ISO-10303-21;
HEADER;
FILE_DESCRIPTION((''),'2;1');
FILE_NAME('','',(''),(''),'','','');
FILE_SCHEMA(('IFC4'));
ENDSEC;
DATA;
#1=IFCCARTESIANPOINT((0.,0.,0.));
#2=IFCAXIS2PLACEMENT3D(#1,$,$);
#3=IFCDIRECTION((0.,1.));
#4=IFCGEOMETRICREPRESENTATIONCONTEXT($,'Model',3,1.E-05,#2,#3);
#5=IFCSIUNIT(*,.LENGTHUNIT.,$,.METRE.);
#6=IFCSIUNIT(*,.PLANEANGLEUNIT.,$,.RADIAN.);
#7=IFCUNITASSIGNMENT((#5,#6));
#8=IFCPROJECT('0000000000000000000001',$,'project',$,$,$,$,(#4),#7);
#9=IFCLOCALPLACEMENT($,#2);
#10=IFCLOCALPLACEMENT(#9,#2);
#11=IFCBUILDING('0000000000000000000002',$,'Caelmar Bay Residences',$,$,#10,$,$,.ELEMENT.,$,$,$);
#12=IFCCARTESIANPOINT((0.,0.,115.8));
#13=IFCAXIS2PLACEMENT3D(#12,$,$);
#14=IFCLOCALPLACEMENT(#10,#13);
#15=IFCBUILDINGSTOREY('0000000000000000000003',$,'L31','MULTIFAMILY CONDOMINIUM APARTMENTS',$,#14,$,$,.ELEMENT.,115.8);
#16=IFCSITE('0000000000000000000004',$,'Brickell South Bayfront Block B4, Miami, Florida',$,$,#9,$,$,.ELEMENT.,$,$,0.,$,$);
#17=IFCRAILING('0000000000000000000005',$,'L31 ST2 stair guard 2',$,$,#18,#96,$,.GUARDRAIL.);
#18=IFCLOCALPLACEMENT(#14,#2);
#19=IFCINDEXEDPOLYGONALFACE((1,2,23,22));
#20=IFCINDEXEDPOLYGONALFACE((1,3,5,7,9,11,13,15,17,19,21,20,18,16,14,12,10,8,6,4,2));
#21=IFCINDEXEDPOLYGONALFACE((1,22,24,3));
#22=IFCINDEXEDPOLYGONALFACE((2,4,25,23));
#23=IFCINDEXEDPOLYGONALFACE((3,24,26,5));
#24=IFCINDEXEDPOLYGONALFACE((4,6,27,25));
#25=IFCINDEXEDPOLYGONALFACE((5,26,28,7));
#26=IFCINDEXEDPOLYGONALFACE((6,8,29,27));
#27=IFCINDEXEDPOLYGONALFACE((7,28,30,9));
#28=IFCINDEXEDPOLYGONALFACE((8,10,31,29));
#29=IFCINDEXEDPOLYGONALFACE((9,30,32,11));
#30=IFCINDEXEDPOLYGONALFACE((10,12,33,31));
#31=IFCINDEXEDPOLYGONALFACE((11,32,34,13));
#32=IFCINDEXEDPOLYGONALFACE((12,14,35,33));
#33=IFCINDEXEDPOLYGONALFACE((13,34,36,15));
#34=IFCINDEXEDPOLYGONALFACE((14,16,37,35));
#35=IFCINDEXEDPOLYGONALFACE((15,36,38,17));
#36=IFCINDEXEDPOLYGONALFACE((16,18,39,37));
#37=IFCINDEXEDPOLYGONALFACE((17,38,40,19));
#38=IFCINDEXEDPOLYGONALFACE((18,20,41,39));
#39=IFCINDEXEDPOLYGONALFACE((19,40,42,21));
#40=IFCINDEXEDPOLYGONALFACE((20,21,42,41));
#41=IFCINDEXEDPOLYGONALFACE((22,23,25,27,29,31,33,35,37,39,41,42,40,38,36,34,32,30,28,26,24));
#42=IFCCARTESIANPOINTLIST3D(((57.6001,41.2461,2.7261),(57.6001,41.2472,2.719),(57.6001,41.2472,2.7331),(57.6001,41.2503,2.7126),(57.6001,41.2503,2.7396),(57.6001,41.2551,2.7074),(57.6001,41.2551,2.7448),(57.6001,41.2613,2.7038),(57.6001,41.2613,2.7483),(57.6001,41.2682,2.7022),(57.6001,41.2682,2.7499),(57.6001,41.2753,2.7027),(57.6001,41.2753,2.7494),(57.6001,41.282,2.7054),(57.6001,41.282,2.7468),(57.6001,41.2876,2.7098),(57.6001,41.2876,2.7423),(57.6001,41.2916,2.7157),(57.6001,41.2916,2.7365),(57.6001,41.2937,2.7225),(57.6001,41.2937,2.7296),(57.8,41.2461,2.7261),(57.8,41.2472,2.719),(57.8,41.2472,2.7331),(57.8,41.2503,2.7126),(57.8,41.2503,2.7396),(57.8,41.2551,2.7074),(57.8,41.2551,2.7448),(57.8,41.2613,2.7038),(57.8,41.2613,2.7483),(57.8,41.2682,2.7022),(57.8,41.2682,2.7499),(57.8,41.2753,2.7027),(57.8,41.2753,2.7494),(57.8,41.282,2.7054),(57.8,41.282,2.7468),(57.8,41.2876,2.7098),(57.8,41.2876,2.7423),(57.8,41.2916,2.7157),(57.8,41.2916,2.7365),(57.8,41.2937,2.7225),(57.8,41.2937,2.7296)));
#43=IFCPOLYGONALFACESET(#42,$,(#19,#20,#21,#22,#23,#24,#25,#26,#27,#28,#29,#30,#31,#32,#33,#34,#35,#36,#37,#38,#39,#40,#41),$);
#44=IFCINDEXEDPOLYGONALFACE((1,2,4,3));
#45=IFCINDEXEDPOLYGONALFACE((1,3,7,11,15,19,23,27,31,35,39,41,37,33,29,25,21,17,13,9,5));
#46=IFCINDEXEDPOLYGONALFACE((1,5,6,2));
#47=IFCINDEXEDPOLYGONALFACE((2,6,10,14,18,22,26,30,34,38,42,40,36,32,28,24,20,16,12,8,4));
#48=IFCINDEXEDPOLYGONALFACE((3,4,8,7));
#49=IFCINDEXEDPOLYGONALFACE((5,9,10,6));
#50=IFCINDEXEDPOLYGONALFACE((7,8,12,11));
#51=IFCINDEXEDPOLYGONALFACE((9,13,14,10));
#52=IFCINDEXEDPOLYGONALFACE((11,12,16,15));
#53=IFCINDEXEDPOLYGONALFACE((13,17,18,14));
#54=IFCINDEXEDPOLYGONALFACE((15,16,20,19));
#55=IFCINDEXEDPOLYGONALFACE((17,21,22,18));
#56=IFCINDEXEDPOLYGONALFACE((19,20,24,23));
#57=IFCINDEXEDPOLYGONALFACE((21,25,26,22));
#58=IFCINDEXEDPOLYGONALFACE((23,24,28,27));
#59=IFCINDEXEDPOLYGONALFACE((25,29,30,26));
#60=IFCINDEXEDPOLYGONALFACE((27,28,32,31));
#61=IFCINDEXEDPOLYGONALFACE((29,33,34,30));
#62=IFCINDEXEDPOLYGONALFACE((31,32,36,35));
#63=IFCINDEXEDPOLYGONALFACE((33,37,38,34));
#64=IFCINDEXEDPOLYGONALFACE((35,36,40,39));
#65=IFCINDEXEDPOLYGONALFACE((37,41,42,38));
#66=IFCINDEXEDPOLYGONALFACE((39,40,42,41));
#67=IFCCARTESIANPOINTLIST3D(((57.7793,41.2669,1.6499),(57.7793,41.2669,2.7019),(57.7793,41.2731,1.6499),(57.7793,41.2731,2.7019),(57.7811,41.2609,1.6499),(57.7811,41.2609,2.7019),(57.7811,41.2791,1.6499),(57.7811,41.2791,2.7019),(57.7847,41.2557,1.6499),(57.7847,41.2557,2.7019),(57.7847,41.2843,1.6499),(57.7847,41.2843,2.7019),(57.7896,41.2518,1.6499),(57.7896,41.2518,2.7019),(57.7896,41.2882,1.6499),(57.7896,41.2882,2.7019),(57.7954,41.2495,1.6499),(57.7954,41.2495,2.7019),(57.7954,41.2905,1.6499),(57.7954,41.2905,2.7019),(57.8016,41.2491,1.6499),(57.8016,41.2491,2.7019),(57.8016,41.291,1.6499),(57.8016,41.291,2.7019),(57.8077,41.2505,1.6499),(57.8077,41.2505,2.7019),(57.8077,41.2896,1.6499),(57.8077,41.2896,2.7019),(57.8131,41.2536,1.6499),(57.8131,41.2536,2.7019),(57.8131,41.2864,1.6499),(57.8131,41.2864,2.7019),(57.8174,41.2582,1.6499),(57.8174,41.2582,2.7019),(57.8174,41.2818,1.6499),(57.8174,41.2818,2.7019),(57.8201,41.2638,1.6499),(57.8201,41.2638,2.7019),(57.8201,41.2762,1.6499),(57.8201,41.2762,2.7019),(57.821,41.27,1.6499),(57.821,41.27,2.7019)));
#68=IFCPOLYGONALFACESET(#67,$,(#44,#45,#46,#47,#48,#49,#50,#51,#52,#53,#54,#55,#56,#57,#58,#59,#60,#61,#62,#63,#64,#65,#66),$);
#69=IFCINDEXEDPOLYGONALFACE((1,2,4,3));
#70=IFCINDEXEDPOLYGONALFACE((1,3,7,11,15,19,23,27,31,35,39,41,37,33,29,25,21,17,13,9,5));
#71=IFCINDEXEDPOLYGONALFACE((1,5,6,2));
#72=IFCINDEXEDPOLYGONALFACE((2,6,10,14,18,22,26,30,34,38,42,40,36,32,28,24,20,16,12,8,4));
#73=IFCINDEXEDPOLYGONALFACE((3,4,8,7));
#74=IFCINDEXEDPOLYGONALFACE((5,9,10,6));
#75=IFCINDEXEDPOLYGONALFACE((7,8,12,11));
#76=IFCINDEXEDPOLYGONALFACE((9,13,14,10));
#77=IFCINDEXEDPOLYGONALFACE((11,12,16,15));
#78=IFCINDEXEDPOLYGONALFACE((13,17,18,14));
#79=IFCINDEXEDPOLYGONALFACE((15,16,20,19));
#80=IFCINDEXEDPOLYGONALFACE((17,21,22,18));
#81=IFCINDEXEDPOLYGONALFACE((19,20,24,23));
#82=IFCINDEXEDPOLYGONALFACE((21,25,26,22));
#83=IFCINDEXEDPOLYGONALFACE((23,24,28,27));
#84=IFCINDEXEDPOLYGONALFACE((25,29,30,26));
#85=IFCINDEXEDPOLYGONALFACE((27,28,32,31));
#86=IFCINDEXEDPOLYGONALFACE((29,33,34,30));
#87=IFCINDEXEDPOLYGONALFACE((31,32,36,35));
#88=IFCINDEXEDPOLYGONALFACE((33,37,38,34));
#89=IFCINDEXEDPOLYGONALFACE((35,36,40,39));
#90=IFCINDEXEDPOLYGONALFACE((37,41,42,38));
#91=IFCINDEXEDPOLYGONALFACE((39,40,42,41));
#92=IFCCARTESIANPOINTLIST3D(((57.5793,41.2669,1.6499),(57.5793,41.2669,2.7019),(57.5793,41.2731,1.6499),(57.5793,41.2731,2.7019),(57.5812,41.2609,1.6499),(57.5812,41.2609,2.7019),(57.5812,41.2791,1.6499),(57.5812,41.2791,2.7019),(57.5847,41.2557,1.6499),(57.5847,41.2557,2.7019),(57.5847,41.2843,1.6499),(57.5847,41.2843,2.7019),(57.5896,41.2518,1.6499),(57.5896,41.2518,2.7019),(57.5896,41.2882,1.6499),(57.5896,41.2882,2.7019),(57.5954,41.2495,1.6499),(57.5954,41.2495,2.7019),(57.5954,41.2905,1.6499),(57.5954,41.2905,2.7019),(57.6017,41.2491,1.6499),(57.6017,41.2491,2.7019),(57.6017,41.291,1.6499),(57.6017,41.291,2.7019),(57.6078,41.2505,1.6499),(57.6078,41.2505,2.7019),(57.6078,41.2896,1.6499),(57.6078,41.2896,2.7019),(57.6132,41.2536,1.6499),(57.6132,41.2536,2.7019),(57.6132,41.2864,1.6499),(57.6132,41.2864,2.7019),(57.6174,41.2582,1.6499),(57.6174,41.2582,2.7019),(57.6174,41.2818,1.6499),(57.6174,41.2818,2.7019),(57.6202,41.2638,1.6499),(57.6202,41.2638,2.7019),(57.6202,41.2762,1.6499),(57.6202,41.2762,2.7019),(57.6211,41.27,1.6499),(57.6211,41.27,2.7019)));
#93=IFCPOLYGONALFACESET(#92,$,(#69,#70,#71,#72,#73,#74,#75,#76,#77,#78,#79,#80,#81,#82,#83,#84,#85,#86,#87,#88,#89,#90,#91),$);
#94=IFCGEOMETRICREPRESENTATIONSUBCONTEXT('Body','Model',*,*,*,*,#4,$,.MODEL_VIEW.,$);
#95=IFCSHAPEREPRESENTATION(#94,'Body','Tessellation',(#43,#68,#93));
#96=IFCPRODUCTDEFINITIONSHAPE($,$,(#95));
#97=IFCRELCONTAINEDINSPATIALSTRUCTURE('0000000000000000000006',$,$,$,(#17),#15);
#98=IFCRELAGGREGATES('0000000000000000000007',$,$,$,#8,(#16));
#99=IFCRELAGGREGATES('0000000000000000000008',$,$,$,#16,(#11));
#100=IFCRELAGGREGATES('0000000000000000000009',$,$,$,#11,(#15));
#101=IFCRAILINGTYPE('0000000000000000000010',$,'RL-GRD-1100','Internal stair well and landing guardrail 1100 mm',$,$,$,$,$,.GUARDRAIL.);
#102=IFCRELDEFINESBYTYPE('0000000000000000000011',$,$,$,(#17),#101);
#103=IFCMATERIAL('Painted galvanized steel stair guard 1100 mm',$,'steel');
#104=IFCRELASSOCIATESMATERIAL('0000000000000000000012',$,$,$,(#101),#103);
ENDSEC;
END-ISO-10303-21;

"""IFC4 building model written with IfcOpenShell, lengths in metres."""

from ifc_helpers import new_model, si_unit, direction, frame, origin, origin_2d, place, context, subcontext, project, spatial, circle, extrude, material, type_object, element, save


model = new_model("IFC4")

# Units and contexts
model_context = context("Model", 3, precision=1e-05, world=origin(), true_north=direction((0.0, 1.0)))
body_context = subcontext(model_context, "Body", "Model", "MODEL_VIEW")
ifc_project = project(units=[si_unit("LENGTHUNIT", "METRE"), si_unit("PLANEANGLEUNIT", "RADIAN")], contexts=[model_context])

# Site, building, storey
site_placement = place(None, origin())
site = spatial("IfcSite", under=ifc_project, at=site_placement, Name="Brickell South Bayfront Block B4, Miami, Florida", CompositionType="ELEMENT", RefElevation=0.0)
building_placement = place(site_placement, origin())
building = spatial("IfcBuilding", under=site, at=building_placement, Name="Caelmar Bay Residences", CompositionType="ELEMENT")
storey_placement = place(building_placement, frame((0.0, 0.0, 115.8)))
storey = spatial("IfcBuildingStorey", under=building, at=storey_placement, Name="L31", Description="MULTIFAMILY CONDOMINIUM APARTMENTS", CompositionType="ELEMENT", Elevation=115.8)

# Railing
ifc_material_1 = material(Name="Painted galvanized steel stair guard 1100 mm", Category="steel")
railing_type_1 = type_object("IfcRailingType", Name="RL-GRD-1100", Description="Internal stair well and landing guardrail 1100 mm", PredefinedType="GUARDRAIL", material=ifc_material_1)
railing_1_placement = place(storey_placement, frame((57.8, 41.27, 1.6499)))
element("IfcRailing", 1, at=railing_1_placement, inside=storey, type_object=railing_type_1, Name="L31 ST2 stair guard 2", PredefinedType="GUARDRAIL", context=body_context, shape_type="SweptSolid", body=[
    extrude(circle(Radius=0.0239, at=origin_2d()), frame((0.0, 0.0, 1.0762), z_axis=(-1.0, 0.0, 0.0), x_axis=(0.0, -1.0, 0.0)), (0.0, 0.0, 1.0), 0.2),
    extrude(circle(Radius=0.021, at=origin_2d()), origin(), (0.0, 0.0, 1.0), 1.052),
    extrude(circle(Radius=0.021, at=origin_2d()), frame((-0.2, 0.0, 0.0)), (0.0, 0.0, 1.0), 1.052),
])

save(model, "model.ifc")
